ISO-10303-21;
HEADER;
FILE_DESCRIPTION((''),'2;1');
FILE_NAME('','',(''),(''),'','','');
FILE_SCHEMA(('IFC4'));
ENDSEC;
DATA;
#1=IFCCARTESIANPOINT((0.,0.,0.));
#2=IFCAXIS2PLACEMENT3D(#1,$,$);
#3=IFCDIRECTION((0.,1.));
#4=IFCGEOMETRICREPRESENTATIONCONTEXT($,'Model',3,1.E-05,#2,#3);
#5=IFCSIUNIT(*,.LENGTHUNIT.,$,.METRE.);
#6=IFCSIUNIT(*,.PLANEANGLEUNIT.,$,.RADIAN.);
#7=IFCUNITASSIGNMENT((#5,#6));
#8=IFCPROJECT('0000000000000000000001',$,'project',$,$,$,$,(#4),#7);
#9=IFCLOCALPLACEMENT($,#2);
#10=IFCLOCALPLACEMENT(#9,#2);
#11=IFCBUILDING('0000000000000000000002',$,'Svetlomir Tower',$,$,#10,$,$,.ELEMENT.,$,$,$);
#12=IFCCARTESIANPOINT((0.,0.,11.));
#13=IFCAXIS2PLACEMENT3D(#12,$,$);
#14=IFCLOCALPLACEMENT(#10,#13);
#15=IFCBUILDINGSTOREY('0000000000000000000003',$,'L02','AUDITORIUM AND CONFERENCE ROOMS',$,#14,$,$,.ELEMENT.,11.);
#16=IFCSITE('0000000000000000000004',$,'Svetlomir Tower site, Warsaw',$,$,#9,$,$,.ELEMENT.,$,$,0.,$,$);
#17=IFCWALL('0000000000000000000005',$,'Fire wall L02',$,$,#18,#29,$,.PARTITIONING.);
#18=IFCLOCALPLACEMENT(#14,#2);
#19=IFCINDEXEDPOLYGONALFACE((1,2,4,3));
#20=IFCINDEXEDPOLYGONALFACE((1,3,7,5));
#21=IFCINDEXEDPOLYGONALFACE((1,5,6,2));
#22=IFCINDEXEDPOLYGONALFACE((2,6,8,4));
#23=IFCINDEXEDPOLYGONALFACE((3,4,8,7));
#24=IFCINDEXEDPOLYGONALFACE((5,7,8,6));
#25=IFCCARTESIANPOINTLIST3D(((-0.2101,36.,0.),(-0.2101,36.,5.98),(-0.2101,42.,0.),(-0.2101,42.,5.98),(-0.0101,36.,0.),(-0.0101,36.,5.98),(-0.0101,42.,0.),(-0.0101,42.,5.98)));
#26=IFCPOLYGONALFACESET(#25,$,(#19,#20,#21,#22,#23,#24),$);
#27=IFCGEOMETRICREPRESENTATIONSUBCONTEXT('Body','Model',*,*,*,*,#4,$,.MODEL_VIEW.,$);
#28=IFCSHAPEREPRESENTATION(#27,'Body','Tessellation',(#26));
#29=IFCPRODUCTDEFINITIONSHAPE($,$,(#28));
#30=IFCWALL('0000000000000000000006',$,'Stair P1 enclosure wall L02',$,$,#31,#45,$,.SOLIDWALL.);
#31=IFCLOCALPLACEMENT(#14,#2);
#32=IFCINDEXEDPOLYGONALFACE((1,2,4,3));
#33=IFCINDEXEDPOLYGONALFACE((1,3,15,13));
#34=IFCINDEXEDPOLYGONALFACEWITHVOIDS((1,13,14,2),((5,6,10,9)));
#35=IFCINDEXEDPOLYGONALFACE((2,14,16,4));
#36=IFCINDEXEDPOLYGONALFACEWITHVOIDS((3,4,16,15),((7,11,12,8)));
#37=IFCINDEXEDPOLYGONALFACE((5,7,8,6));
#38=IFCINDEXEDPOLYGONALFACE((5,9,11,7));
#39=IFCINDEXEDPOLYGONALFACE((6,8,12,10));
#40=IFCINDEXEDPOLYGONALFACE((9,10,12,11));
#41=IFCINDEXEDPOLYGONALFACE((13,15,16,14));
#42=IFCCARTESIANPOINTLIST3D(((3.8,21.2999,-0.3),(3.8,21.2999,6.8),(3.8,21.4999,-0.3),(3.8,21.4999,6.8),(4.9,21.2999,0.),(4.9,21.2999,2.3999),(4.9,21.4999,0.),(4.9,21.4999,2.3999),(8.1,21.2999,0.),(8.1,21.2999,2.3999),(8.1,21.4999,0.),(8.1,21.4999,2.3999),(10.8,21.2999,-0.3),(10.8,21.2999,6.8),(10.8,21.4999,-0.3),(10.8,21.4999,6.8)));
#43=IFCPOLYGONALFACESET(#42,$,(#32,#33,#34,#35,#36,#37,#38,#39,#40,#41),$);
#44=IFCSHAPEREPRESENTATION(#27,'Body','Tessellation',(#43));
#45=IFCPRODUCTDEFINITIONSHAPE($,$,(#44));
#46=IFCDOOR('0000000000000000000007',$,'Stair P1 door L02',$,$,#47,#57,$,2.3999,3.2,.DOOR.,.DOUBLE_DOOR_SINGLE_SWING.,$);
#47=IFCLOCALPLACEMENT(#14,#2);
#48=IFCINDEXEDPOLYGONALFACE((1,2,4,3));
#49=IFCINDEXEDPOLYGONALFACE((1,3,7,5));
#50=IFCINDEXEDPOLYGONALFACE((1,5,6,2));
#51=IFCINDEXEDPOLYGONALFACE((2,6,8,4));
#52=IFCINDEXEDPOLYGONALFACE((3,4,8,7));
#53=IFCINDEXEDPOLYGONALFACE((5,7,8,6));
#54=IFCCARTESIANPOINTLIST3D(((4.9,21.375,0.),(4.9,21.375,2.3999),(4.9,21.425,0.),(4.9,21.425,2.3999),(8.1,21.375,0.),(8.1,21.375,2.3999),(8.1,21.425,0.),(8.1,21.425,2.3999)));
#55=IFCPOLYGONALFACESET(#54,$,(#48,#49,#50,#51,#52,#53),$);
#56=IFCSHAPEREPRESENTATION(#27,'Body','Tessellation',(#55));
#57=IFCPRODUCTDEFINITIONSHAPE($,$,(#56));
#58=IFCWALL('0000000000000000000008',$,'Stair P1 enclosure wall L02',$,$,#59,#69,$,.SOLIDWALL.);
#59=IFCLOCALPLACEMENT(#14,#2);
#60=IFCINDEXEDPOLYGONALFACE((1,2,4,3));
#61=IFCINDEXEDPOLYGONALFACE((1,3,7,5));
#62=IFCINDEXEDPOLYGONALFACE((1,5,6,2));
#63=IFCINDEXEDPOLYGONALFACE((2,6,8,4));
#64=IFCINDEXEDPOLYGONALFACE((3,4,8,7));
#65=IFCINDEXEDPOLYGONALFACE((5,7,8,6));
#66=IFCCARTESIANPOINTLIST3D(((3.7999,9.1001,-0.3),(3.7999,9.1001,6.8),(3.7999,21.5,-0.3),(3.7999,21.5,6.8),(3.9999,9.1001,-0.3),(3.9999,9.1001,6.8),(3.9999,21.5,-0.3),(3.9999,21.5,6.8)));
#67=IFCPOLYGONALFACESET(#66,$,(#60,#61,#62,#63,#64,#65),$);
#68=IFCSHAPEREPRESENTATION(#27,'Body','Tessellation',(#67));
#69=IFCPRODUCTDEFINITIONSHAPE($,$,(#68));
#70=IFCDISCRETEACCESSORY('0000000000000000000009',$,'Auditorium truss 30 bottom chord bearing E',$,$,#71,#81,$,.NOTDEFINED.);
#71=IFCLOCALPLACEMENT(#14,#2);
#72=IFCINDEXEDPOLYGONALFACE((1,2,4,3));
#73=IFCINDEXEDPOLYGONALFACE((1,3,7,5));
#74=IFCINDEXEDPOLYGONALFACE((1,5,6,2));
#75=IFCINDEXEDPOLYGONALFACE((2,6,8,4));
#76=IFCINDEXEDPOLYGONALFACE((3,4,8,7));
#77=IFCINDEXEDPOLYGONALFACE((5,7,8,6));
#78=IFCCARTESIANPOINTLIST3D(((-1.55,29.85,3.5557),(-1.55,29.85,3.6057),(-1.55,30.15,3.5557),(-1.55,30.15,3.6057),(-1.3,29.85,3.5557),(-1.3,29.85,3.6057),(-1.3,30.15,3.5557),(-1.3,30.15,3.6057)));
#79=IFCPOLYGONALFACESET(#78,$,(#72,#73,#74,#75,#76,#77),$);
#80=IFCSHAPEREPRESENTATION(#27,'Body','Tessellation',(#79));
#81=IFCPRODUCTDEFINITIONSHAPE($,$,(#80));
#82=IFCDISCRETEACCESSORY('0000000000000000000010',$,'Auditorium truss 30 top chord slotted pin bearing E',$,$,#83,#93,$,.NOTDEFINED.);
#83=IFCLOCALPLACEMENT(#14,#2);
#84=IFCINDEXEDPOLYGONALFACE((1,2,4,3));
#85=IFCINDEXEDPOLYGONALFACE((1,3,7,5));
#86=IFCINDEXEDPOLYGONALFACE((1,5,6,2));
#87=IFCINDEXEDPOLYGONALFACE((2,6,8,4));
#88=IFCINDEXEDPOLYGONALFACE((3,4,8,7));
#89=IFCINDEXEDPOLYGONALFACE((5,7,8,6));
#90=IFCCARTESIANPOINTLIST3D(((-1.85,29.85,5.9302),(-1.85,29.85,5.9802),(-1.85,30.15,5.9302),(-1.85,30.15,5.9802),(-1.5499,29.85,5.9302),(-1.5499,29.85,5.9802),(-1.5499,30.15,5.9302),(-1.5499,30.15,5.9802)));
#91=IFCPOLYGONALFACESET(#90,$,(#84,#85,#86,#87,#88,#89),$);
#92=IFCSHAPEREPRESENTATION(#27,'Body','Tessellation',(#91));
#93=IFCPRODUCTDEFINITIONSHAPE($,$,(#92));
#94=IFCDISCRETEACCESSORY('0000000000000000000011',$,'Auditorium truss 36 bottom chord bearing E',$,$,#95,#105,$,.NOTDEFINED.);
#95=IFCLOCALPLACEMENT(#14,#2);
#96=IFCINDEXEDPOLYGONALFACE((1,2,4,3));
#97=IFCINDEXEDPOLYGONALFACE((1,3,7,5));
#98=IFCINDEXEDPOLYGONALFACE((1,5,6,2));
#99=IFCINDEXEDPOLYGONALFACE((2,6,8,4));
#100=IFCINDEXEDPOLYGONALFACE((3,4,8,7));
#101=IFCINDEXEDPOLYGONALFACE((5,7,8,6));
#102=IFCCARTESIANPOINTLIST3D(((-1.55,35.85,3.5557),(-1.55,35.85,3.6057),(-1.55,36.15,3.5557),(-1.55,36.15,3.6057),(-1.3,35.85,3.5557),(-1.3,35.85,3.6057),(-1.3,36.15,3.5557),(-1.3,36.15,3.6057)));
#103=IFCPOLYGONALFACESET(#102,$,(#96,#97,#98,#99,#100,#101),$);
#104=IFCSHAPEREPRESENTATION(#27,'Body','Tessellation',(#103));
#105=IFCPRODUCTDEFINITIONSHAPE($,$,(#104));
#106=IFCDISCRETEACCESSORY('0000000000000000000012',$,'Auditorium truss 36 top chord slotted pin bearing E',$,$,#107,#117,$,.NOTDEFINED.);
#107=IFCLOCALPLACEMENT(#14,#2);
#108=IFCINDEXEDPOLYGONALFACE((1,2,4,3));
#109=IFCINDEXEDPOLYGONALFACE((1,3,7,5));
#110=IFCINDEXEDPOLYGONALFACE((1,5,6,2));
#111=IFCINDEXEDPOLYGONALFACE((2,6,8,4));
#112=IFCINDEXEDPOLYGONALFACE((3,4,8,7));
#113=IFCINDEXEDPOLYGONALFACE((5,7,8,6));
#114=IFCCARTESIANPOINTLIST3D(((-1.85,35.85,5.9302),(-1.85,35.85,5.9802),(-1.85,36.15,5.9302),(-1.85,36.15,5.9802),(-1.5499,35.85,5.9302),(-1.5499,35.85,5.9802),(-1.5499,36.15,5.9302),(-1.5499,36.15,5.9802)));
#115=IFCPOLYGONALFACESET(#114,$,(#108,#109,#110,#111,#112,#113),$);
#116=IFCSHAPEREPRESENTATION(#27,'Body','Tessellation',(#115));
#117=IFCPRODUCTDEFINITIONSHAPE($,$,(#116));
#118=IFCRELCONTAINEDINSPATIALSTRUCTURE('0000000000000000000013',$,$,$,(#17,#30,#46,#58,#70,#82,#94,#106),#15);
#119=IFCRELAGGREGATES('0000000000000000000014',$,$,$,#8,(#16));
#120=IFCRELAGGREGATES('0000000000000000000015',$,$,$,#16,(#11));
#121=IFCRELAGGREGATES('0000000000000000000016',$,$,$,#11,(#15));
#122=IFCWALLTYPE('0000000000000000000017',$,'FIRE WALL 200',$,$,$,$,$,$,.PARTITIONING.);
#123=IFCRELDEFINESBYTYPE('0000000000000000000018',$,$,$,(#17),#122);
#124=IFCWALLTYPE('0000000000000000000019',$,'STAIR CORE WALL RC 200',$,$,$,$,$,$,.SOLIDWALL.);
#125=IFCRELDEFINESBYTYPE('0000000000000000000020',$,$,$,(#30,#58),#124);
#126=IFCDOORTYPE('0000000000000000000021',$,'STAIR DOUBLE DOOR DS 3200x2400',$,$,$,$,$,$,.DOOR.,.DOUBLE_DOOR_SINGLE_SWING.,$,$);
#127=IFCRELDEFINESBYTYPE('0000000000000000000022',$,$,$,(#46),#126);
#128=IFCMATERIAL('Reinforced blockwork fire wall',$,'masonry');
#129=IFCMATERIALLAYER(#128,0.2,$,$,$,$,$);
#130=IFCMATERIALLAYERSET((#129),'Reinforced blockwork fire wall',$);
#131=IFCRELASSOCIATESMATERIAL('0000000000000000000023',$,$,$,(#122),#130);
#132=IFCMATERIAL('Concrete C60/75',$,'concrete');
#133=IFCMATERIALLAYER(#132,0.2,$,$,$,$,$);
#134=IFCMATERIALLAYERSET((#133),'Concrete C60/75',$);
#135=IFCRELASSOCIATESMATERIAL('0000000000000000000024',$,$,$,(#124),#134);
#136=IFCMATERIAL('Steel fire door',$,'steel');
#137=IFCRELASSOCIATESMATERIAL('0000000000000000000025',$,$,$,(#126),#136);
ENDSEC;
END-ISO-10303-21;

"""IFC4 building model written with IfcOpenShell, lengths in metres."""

from ifc_helpers import new_model, si_unit, direction, frame, frame_2d, origin, origin_2d, place, context, subcontext, project, spatial, rectangle, extrude, material, layer, layer_set, type_object, element, fill, save


model = new_model("IFC4")

# Units and contexts
model_context = context("Model", 3, precision=1e-05, world=origin(), true_north=direction((0.0, 1.0)))
body_context = subcontext(model_context, "Body", "Model", "MODEL_VIEW")
ifc_project = project(units=[si_unit("LENGTHUNIT", "METRE"), si_unit("PLANEANGLEUNIT", "RADIAN")], contexts=[model_context])

# Site, building, storey
site_placement = place(None, origin())
site = spatial("IfcSite", under=ifc_project, at=site_placement, Name="Svetlomir Tower site, Warsaw", CompositionType="ELEMENT", RefElevation=0.0)
building_placement = place(site_placement, origin())
building = spatial("IfcBuilding", under=site, at=building_placement, Name="Svetlomir Tower", CompositionType="ELEMENT")
storey_placement = place(building_placement, frame((0.0, 0.0, 11.0)))
storey = spatial("IfcBuildingStorey", under=building, at=storey_placement, Name="L02", Description="AUDITORIUM AND CONFERENCE ROOMS", CompositionType="ELEMENT", Elevation=11.0)

# Wall
ifc_material_1 = material(Name="Reinforced blockwork fire wall", Category="masonry")
ifc_layer_1 = layer(ifc_material_1, 0.2)
ifc_layer_set_1 = layer_set([ifc_layer_1], Name="Reinforced blockwork fire wall")
wall_type_1 = type_object("IfcWallType", Name="FIRE WALL 200", PredefinedType="PARTITIONING", material=ifc_layer_set_1)
wall_1_placement = place(storey_placement, frame((-0.1101, 36.0, 0.0), z_axis=(0.0, 0.0, 1.0), x_axis=(0.0, 1.0, 0.0)))
element("IfcWall", 1, at=wall_1_placement, inside=storey, type_object=wall_type_1, Name="Fire wall L02", PredefinedType="PARTITIONING", context=body_context, shape_type="SweptSolid", body=[
    extrude(rectangle(XDim=6.0, YDim=0.2, at=frame_2d((3.0, 0.0))), origin(), (0.0, 0.0, 1.0), 5.98),
])

# Wall, opening, door
ifc_material_2 = material(Name="Concrete C60/75", Category="concrete")
ifc_layer_2 = layer(ifc_material_2, 0.2)
ifc_layer_set_2 = layer_set([ifc_layer_2], Name="Concrete C60/75")
wall_type_2 = type_object("IfcWallType", Name="STAIR CORE WALL RC 200", PredefinedType="SOLIDWALL", material=ifc_layer_set_2)
wall_2_placement = place(storey_placement, frame((10.8, 21.3999, -0.3), z_axis=(0.0, 0.0, 1.0), x_axis=(-1.0, 0.0, 0.0)))
wall_2 = element("IfcWall", 2, at=wall_2_placement, inside=storey, type_object=wall_type_2, Name="Stair P1 enclosure wall L02", PredefinedType="SOLIDWALL", context=body_context, shape_type="SweptSolid", body=[
    extrude(rectangle(XDim=7.0, YDim=0.2, at=frame_2d((3.5, 0.0))), origin(), (0.0, 0.0, 1.0), 7.1001),
])
opening_1_placement = place(wall_2_placement, frame((2.7, 0.0, 0.3)))
opening_1 = element("IfcOpeningElement", 3, at=opening_1_placement, cuts=wall_2, PredefinedType="OPENING", context=body_context, shape_type="SweptSolid", body=[
    extrude(rectangle(XDim=3.2, YDim=2.3999, at=frame_2d((1.6001, 1.2))), frame((0.0, 0.1099, 0.0), z_axis=(0.0, -1.0, 0.0), x_axis=(1.0, 0.0, 0.0)), (0.0, 0.0, 1.0), 0.22),
])
ifc_material_3 = material(Name="Steel fire door", Category="steel")
door_type_1 = type_object("IfcDoorType", Name="STAIR DOUBLE DOOR DS 3200x2400", OperationType="DOUBLE_DOOR_SINGLE_SWING", PredefinedType="DOOR", material=ifc_material_3)
door_1_placement = place(opening_1_placement, origin())
door_1 = element("IfcDoor", 4, at=door_1_placement, inside=storey, type_object=door_type_1, Name="Stair P1 door L02", OperationType="DOUBLE_DOOR_SINGLE_SWING", OverallHeight=2.3999, OverallWidth=3.2, PredefinedType="DOOR", context=body_context, shape_type="SweptSolid", body=[
    extrude(rectangle(XDim=3.2, YDim=2.3999, at=frame_2d((1.6001, 1.2))), frame((0.0, 0.0249, 0.0), z_axis=(0.0, -1.0, 0.0), x_axis=(1.0, 0.0, 0.0)), (0.0, 0.0, 1.0), 0.05),
])
fill(opening_1, door_1)

# Wall
wall_3_placement = place(storey_placement, frame((3.8999, 21.5, -0.3), z_axis=(0.0, 0.0, 1.0), x_axis=(0.0, -1.0, 0.0)))
element("IfcWall", 5, at=wall_3_placement, inside=storey, type_object=wall_type_2, Name="Stair P1 enclosure wall L02", PredefinedType="SOLIDWALL", context=body_context, shape_type="SweptSolid", body=[
    extrude(rectangle(XDim=12.3999, YDim=0.2, at=frame_2d((6.2, 0.0))), origin(), (0.0, 0.0, 1.0), 7.1001),
])

# Discrete accessories
discrete_accessory_1_placement = place(storey_placement, frame((-1.425, 30.0, 3.5557), z_axis=(0.0, 0.0, 1.0), x_axis=(1.0, 0.0, 0.0)))
element("IfcDiscreteAccessory", 6, at=discrete_accessory_1_placement, inside=storey, Name="Auditorium truss 30 bottom chord bearing E", PredefinedType="NOTDEFINED", context=body_context, shape_type="SweptSolid", body=[
    extrude(rectangle(XDim=0.25, YDim=0.3, at=origin_2d()), origin(), (0.0, 0.0, 1.0), 0.05),
])
discrete_accessory_2_placement = place(storey_placement, frame((-1.7, 30.0, 5.9302), z_axis=(0.0, 0.0, 1.0), x_axis=(1.0, 0.0, 0.0)))
element("IfcDiscreteAccessory", 7, at=discrete_accessory_2_placement, inside=storey, Name="Auditorium truss 30 top chord slotted pin bearing E", PredefinedType="NOTDEFINED", context=body_context, shape_type="SweptSolid", body=[
    extrude(rectangle(XDim=0.3, YDim=0.3, at=origin_2d()), origin(), (0.0, 0.0, 1.0), 0.05),
])
discrete_accessory_3_placement = place(storey_placement, frame((-1.425, 36.0, 3.5557), z_axis=(0.0, 0.0, 1.0), x_axis=(1.0, 0.0, 0.0)))
element("IfcDiscreteAccessory", 8, at=discrete_accessory_3_placement, inside=storey, Name="Auditorium truss 36 bottom chord bearing E", PredefinedType="NOTDEFINED", context=body_context, shape_type="SweptSolid", body=[
    extrude(rectangle(XDim=0.25, YDim=0.3, at=origin_2d()), origin(), (0.0, 0.0, 1.0), 0.05),
])
discrete_accessory_4_placement = place(storey_placement, frame((-1.7, 36.0, 5.9302), z_axis=(0.0, 0.0, 1.0), x_axis=(1.0, 0.0, 0.0)))
element("IfcDiscreteAccessory", 9, at=discrete_accessory_4_placement, inside=storey, Name="Auditorium truss 36 top chord slotted pin bearing E", PredefinedType="NOTDEFINED", context=body_context, shape_type="SweptSolid", body=[
    extrude(rectangle(XDim=0.3, YDim=0.3, at=origin_2d()), origin(), (0.0, 0.0, 1.0), 0.05),
])

save(model, "model.ifc")
